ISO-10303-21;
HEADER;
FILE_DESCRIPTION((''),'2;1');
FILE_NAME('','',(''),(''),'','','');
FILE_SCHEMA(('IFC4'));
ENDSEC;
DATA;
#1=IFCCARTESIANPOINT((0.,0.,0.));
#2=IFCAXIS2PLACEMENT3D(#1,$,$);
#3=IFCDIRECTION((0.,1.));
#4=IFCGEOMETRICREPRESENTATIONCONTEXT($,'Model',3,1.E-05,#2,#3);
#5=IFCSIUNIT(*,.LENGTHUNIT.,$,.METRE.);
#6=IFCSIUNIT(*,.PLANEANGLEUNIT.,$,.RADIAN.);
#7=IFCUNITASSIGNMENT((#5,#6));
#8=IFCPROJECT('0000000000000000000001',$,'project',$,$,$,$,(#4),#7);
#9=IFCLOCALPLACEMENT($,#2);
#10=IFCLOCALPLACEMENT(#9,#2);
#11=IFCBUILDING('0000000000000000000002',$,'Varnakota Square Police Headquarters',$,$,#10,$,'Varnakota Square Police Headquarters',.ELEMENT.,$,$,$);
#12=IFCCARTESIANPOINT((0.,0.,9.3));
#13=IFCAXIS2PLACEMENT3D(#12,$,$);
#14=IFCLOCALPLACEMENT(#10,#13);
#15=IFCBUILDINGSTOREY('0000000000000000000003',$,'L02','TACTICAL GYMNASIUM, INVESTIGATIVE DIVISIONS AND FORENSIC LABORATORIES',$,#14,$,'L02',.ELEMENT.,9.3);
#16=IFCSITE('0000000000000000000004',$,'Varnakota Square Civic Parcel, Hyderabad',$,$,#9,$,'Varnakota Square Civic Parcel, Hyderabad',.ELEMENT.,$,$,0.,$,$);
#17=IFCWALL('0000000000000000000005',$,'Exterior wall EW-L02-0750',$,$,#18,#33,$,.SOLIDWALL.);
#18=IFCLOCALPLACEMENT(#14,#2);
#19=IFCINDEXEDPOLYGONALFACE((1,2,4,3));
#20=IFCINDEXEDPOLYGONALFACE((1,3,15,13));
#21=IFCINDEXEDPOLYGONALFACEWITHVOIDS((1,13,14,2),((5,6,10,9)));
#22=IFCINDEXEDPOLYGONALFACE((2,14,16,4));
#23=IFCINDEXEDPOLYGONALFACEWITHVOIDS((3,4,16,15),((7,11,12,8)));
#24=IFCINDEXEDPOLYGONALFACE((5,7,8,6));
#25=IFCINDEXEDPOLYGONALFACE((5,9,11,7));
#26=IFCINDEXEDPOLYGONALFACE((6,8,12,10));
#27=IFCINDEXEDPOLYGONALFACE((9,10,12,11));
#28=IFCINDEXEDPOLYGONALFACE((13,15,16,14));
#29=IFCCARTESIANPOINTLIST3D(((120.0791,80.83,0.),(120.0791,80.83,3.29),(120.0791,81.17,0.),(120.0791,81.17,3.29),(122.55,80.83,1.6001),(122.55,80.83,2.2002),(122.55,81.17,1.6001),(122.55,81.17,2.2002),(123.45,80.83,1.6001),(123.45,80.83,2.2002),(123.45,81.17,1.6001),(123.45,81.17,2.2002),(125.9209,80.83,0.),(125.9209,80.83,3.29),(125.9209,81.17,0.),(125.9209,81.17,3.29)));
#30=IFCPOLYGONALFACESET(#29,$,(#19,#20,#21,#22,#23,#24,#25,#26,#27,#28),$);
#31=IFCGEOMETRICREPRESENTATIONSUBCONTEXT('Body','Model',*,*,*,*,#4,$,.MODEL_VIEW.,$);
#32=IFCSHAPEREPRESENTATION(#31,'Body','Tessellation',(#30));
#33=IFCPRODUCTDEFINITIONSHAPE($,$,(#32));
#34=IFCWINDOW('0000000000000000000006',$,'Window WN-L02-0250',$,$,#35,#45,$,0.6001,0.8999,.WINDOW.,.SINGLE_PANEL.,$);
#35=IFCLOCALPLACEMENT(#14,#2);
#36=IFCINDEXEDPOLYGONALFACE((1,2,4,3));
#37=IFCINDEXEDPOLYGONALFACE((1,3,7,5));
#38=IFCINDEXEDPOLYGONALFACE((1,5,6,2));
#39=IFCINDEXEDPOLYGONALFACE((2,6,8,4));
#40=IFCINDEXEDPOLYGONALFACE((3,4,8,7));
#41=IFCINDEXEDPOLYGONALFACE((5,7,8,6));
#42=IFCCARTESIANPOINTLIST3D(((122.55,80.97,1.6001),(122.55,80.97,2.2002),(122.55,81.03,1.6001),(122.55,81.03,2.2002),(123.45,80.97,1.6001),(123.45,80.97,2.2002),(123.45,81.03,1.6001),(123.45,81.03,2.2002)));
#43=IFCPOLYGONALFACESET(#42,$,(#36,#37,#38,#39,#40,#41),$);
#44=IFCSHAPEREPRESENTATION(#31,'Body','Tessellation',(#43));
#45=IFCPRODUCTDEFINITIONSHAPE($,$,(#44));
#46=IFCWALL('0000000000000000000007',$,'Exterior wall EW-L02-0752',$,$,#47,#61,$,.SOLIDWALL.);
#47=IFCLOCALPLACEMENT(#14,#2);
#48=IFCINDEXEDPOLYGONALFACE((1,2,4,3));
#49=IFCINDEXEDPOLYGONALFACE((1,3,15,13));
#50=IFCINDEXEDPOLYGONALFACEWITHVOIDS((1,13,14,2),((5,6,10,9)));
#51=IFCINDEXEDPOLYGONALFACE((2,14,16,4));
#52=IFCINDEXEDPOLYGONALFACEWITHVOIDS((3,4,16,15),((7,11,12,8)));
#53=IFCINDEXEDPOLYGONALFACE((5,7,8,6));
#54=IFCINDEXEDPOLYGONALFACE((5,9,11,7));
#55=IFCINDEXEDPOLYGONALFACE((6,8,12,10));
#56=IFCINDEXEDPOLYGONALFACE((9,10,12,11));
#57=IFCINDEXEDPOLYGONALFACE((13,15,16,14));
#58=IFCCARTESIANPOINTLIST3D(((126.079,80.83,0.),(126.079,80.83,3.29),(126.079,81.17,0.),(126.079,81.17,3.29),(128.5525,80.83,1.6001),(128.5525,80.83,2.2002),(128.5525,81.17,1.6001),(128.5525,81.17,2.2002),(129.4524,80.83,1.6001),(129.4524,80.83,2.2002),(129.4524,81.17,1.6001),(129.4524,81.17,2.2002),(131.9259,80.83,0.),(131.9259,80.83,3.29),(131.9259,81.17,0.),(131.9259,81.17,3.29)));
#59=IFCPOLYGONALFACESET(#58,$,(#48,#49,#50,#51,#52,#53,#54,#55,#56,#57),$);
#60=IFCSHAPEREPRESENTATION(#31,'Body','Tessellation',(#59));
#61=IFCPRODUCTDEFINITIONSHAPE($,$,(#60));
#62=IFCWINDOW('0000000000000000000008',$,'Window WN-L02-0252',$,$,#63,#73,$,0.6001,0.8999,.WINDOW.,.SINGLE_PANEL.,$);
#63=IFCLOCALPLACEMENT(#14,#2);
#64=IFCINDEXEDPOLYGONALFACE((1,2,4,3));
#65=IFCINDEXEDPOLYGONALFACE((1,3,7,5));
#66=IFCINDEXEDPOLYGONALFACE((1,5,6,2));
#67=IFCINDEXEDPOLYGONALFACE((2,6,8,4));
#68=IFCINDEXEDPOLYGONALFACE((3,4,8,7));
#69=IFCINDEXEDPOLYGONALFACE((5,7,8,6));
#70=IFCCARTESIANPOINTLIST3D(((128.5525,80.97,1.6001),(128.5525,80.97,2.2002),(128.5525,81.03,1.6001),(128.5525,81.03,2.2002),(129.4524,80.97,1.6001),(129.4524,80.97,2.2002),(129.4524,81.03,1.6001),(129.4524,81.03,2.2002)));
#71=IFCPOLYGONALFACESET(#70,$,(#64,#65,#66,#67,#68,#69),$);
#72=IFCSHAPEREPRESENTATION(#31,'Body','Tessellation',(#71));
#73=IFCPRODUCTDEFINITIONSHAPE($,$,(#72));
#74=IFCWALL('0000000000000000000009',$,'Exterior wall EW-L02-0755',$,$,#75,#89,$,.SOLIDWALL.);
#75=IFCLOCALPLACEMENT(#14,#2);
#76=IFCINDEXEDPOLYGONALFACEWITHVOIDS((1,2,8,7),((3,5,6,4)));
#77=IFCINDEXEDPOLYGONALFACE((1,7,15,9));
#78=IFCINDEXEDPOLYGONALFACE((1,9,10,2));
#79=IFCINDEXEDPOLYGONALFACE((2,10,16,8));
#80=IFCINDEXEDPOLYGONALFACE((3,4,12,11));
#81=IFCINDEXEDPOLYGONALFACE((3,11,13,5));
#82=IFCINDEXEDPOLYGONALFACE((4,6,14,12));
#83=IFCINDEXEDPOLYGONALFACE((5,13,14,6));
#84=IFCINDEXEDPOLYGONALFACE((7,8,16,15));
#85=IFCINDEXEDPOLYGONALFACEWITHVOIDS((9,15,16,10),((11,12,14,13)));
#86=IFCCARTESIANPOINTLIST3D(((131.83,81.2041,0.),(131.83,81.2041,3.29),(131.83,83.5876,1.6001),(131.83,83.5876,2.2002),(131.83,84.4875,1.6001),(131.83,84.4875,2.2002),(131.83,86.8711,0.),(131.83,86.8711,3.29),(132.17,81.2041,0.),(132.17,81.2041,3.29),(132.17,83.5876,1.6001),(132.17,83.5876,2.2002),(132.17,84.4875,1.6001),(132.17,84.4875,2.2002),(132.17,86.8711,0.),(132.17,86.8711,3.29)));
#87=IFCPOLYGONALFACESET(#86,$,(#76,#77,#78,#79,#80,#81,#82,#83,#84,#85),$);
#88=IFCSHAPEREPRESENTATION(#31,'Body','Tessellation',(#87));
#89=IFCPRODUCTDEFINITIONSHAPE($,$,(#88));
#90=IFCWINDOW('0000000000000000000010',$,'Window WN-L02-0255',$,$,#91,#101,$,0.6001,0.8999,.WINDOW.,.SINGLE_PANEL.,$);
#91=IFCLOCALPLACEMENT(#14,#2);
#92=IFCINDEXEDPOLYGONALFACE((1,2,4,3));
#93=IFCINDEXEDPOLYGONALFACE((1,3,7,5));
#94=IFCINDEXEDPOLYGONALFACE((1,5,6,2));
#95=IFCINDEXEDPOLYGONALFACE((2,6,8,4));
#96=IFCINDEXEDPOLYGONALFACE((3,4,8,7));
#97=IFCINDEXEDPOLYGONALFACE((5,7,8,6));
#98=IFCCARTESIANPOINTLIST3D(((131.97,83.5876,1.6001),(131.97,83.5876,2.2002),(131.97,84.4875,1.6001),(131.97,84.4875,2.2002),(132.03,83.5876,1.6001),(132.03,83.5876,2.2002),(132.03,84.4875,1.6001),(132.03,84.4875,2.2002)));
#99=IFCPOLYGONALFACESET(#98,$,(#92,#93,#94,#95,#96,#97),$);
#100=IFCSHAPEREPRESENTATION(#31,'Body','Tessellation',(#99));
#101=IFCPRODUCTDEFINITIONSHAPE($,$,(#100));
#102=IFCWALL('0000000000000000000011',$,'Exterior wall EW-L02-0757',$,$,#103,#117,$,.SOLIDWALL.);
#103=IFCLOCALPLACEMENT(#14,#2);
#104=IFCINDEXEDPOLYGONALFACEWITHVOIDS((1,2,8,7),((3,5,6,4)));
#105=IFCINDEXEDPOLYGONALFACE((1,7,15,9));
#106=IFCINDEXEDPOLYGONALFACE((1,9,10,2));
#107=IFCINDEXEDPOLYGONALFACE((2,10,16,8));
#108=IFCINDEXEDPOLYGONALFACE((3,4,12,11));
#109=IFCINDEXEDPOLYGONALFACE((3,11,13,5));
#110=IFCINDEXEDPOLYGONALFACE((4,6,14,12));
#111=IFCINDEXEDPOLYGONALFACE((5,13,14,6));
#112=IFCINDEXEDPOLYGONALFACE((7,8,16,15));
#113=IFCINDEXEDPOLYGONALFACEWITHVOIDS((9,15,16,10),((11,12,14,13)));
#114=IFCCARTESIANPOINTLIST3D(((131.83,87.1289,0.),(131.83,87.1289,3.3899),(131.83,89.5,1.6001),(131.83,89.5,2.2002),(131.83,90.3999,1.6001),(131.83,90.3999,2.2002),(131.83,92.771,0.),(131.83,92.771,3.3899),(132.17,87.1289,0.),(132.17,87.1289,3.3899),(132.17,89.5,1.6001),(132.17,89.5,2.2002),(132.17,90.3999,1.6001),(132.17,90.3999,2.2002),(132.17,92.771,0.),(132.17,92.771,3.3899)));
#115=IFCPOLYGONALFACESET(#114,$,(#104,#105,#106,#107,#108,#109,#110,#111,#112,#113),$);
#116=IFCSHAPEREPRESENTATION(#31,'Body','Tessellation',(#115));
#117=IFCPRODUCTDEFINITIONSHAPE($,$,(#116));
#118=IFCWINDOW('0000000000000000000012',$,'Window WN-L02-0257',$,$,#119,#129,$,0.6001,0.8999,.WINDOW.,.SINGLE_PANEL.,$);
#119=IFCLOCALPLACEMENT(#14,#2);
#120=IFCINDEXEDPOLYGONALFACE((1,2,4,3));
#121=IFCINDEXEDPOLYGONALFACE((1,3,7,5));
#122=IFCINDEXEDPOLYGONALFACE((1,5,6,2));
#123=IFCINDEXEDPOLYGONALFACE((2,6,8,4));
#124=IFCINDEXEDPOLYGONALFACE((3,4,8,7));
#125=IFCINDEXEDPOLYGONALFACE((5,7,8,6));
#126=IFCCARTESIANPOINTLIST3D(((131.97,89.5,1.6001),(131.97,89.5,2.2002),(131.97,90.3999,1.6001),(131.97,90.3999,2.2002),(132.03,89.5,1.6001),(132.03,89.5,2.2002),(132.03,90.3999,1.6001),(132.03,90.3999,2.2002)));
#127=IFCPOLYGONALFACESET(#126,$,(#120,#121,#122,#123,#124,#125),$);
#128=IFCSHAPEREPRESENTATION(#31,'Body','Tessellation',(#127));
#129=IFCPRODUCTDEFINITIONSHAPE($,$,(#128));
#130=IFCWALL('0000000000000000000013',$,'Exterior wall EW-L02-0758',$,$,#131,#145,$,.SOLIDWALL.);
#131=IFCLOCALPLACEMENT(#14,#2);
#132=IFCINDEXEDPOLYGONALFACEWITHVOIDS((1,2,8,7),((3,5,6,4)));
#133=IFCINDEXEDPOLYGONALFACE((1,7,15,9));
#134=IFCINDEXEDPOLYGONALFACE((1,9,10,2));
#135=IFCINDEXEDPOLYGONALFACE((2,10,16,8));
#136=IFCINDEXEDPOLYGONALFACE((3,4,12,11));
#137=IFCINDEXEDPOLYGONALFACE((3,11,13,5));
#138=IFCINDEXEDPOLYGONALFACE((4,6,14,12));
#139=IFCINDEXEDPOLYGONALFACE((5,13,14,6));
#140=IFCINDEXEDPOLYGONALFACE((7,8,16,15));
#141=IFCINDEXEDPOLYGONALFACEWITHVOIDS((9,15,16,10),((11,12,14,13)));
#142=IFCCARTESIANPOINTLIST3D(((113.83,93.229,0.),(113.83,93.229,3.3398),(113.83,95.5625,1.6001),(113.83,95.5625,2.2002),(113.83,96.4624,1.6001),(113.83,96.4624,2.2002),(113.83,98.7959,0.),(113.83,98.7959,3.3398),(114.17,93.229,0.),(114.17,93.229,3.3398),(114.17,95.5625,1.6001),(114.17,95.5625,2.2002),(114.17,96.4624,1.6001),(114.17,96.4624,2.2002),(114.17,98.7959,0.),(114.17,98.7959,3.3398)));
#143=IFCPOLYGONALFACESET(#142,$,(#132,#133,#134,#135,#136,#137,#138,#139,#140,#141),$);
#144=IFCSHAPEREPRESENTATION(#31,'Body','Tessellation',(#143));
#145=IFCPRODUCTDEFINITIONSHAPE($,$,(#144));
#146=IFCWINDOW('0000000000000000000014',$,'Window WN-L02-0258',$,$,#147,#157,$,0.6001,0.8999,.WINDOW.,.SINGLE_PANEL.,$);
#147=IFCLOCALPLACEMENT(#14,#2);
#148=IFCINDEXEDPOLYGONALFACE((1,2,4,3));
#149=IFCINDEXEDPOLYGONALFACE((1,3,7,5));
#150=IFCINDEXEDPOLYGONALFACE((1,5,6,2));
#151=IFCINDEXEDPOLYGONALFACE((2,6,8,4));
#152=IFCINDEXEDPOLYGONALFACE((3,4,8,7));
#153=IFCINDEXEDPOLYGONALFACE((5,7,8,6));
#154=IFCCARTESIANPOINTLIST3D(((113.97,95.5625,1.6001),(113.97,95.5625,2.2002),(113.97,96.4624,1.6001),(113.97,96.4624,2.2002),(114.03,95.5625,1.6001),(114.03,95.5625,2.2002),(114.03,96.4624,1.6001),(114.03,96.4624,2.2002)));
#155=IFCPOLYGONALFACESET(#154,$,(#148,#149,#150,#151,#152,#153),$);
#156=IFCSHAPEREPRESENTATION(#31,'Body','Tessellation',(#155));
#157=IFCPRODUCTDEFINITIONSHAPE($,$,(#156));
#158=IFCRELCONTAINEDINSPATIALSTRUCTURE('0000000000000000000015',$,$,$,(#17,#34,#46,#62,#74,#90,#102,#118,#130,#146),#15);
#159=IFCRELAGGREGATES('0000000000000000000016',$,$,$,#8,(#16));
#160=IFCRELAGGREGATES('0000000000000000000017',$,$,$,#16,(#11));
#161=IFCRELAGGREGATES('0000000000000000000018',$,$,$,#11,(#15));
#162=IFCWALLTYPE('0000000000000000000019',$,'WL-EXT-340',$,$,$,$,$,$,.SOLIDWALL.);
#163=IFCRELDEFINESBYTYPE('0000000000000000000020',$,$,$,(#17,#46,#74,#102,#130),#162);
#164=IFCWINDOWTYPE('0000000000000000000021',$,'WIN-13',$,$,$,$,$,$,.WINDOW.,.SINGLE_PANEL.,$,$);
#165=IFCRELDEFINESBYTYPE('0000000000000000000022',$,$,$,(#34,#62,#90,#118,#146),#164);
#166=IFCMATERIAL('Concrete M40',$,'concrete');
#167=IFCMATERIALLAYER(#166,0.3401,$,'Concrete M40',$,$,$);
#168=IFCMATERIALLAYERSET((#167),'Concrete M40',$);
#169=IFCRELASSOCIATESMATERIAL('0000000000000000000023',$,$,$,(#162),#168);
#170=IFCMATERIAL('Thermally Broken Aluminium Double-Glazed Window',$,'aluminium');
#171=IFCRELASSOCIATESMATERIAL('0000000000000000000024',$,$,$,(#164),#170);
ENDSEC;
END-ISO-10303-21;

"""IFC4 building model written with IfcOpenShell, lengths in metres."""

from ifc_helpers import new_model, si_unit, direction, frame, frame_2d, origin, place, context, subcontext, project, spatial, rectangle, extrude, material, layer, layer_set, type_object, element, fill, save


model = new_model("IFC4")

# Units and contexts
model_context = context("Model", 3, precision=1e-05, world=origin(), true_north=direction((0.0, 1.0)))
body_context = subcontext(model_context, "Body", "Model", "MODEL_VIEW")
ifc_project = project(units=[si_unit("LENGTHUNIT", "METRE"), si_unit("PLANEANGLEUNIT", "RADIAN")], contexts=[model_context])

# Site, building, storey
site_placement = place(None, origin())
site = spatial("IfcSite", under=ifc_project, at=site_placement, Name="Varnakota Square Civic Parcel, Hyderabad", LongName="Varnakota Square Civic Parcel, Hyderabad", CompositionType="ELEMENT", RefElevation=0.0)
building_placement = place(site_placement, origin())
building = spatial("IfcBuilding", under=site, at=building_placement, Name="Varnakota Square Police Headquarters", LongName="Varnakota Square Police Headquarters", CompositionType="ELEMENT")
storey_placement = place(building_placement, frame((0.0, 0.0, 9.3)))
storey = spatial("IfcBuildingStorey", under=building, at=storey_placement, Name="L02", Description="TACTICAL GYMNASIUM, INVESTIGATIVE DIVISIONS AND FORENSIC LABORATORIES", LongName="L02", CompositionType="ELEMENT", Elevation=9.3)

# Walls, openings, windows
ifc_material_1 = material(Name="Concrete M40", Category="concrete")
ifc_layer = layer(ifc_material_1, 0.3401, Name="Concrete M40")
ifc_layer_set = layer_set([ifc_layer], Name="Concrete M40")
wall_type = type_object("IfcWallType", Name="WL-EXT-340", PredefinedType="SOLIDWALL", material=ifc_layer_set)
ifc_material_2 = material(Name="Thermally Broken Aluminium Double-Glazed Window", Category="aluminium")
window_type = type_object("IfcWindowType", Name="WIN-13", PartitioningType="SINGLE_PANEL", PredefinedType="WINDOW", material=ifc_material_2)
wall_1_placement = place(storey_placement, frame((120.0791, 81.0, 0.0), z_axis=(0.0, 0.0, 1.0), x_axis=(1.0, 0.0, 0.0)))
wall_1 = element("IfcWall", 1, at=wall_1_placement, inside=storey, type_object=wall_type, Name="Exterior wall EW-L02-0750", PredefinedType="SOLIDWALL", context=body_context, shape_type="SweptSolid", body=[
    extrude(rectangle(XDim=5.8418, YDim=0.3401, at=frame_2d((2.9209, 0.0))), origin(), (0.0, 0.0, 1.0), 3.29),
])
opening_1_placement = place(wall_1_placement, frame((2.4709, 0.0, 1.6001)))
opening_1 = element("IfcOpeningElement", 2, at=opening_1_placement, cuts=wall_1, PredefinedType="OPENING", context=body_context, shape_type="SweptSolid", body=[
    extrude(rectangle(XDim=0.8999, YDim=0.6001, at=frame_2d((0.45, 0.3))), frame((0.0, 0.1799, 0.0), z_axis=(0.0, -1.0, 0.0), x_axis=(1.0, 0.0, 0.0)), (0.0, 0.0, 1.0), 0.3601),
])
window_1_placement = place(opening_1_placement, origin())
window_1 = element("IfcWindow", 3, at=window_1_placement, inside=storey, type_object=window_type, Name="Window WN-L02-0250", OverallHeight=0.6001, OverallWidth=0.8999, PartitioningType="SINGLE_PANEL", PredefinedType="WINDOW", context=body_context, shape_type="SweptSolid", body=[
    extrude(rectangle(XDim=0.8999, YDim=0.6001, at=frame_2d((0.45, 0.3))), frame((0.0, 0.03, 0.0), z_axis=(0.0, -1.0, 0.0), x_axis=(1.0, 0.0, 0.0)), (0.0, 0.0, 1.0), 0.0601),
])
fill(opening_1, window_1)
wall_2_placement = place(storey_placement, frame((126.0791, 81.0, 0.0), z_axis=(0.0, 0.0, 1.0), x_axis=(1.0, 0.0, 0.0)))
wall_2 = element("IfcWall", 4, at=wall_2_placement, inside=storey, type_object=wall_type, Name="Exterior wall EW-L02-0752", PredefinedType="SOLIDWALL", context=body_context, shape_type="SweptSolid", body=[
    extrude(rectangle(XDim=5.8469, YDim=0.3401, at=frame_2d((2.9233, 0.0))), origin(), (0.0, 0.0, 1.0), 3.29),
])
opening_2_placement = place(wall_2_placement, frame((2.4734, 0.0, 1.6001)))
opening_2 = element("IfcOpeningElement", 5, at=opening_2_placement, cuts=wall_2, PredefinedType="OPENING", context=body_context, shape_type="SweptSolid", body=[
    extrude(rectangle(XDim=0.8999, YDim=0.6001, at=frame_2d((0.45, 0.3))), frame((0.0, 0.1799, 0.0), z_axis=(0.0, -1.0, 0.0), x_axis=(1.0, 0.0, 0.0)), (0.0, 0.0, 1.0), 0.3601),
])
window_2_placement = place(opening_2_placement, origin())
window_2 = element("IfcWindow", 6, at=window_2_placement, inside=storey, type_object=window_type, Name="Window WN-L02-0252", OverallHeight=0.6001, OverallWidth=0.8999, PartitioningType="SINGLE_PANEL", PredefinedType="WINDOW", context=body_context, shape_type="SweptSolid", body=[
    extrude(rectangle(XDim=0.8999, YDim=0.6001, at=frame_2d((0.45, 0.3))), frame((0.0, 0.03, 0.0), z_axis=(0.0, -1.0, 0.0), x_axis=(1.0, 0.0, 0.0)), (0.0, 0.0, 1.0), 0.0601),
])
fill(opening_2, window_2)
wall_3_placement = place(storey_placement, frame((132.0, 81.2041, 0.0), z_axis=(0.0, 0.0, 1.0), x_axis=(0.0, 1.0, 0.0)))
wall_3 = element("IfcWall", 7, at=wall_3_placement, inside=storey, type_object=wall_type, Name="Exterior wall EW-L02-0755", PredefinedType="SOLIDWALL", context=body_context, shape_type="SweptSolid", body=[
    extrude(rectangle(XDim=5.667, YDim=0.3401, at=frame_2d((2.8335, 0.0))), origin(), (0.0, 0.0, 1.0), 3.29),
])
opening_3_placement = place(wall_3_placement, frame((2.3835, 0.0, 1.6001)))
opening_3 = element("IfcOpeningElement", 8, at=opening_3_placement, cuts=wall_3, PredefinedType="OPENING", context=body_context, shape_type="SweptSolid", body=[
    extrude(rectangle(XDim=0.8999, YDim=0.6001, at=frame_2d((0.45, 0.3))), frame((0.0, 0.1799, 0.0), z_axis=(0.0, -1.0, 0.0), x_axis=(1.0, 0.0, 0.0)), (0.0, 0.0, 1.0), 0.3601),
])
window_3_placement = place(opening_3_placement, origin())
window_3 = element("IfcWindow", 9, at=window_3_placement, inside=storey, type_object=window_type, Name="Window WN-L02-0255", OverallHeight=0.6001, OverallWidth=0.8999, PartitioningType="SINGLE_PANEL", PredefinedType="WINDOW", context=body_context, shape_type="SweptSolid", body=[
    extrude(rectangle(XDim=0.8999, YDim=0.6001, at=frame_2d((0.45, 0.3))), frame((0.0, 0.03, 0.0), z_axis=(0.0, -1.0, 0.0), x_axis=(1.0, 0.0, 0.0)), (0.0, 0.0, 1.0), 0.0601),
])
fill(opening_3, window_3)
wall_4_placement = place(storey_placement, frame((132.0, 87.1289, 0.0), z_axis=(0.0, 0.0, 1.0), x_axis=(0.0, 1.0, 0.0)))
wall_4 = element("IfcWall", 10, at=wall_4_placement, inside=storey, type_object=wall_type, Name="Exterior wall EW-L02-0757", PredefinedType="SOLIDWALL", context=body_context, shape_type="SweptSolid", body=[
    extrude(rectangle(XDim=5.6421, YDim=0.3401, at=frame_2d((2.821, 0.0))), origin(), (0.0, 0.0, 1.0), 3.3899),
])
opening_4_placement = place(wall_4_placement, frame((2.3711, 0.0, 1.6001)))
opening_4 = element("IfcOpeningElement", 11, at=opening_4_placement, cuts=wall_4, PredefinedType="OPENING", context=body_context, shape_type="SweptSolid", body=[
    extrude(rectangle(XDim=0.8999, YDim=0.6001, at=frame_2d((0.45, 0.3))), frame((0.0, 0.1799, 0.0), z_axis=(0.0, -1.0, 0.0), x_axis=(1.0, 0.0, 0.0)), (0.0, 0.0, 1.0), 0.3601),
])
window_4_placement = place(opening_4_placement, origin())
window_4 = element("IfcWindow", 12, at=window_4_placement, inside=storey, type_object=window_type, Name="Window WN-L02-0257", OverallHeight=0.6001, OverallWidth=0.8999, PartitioningType="SINGLE_PANEL", PredefinedType="WINDOW", context=body_context, shape_type="SweptSolid", body=[
    extrude(rectangle(XDim=0.8999, YDim=0.6001, at=frame_2d((0.45, 0.3))), frame((0.0, 0.03, 0.0), z_axis=(0.0, -1.0, 0.0), x_axis=(1.0, 0.0, 0.0)), (0.0, 0.0, 1.0), 0.0601),
])
fill(opening_4, window_4)
wall_5_placement = place(storey_placement, frame((114.0, 93.229, 0.0), z_axis=(0.0, 0.0, 1.0), x_axis=(0.0, 1.0, 0.0)))
wall_5 = element("IfcWall", 13, at=wall_5_placement, inside=storey, type_object=wall_type, Name="Exterior wall EW-L02-0758", PredefinedType="SOLIDWALL", context=body_context, shape_type="SweptSolid", body=[
    extrude(rectangle(XDim=5.5669, YDim=0.3401, at=frame_2d((2.7834, 0.0))), origin(), (0.0, 0.0, 1.0), 3.3398),
])
opening_5_placement = place(wall_5_placement, frame((2.3335, 0.0, 1.6001)))
opening_5 = element("IfcOpeningElement", 14, at=opening_5_placement, cuts=wall_5, PredefinedType="OPENING", context=body_context, shape_type="SweptSolid", body=[
    extrude(rectangle(XDim=0.8999, YDim=0.6001, at=frame_2d((0.45, 0.3))), frame((0.0, 0.1799, 0.0), z_axis=(0.0, -1.0, 0.0), x_axis=(1.0, 0.0, 0.0)), (0.0, 0.0, 1.0), 0.3601),
])
window_5_placement = place(opening_5_placement, origin())
window_5 = element("IfcWindow", 15, at=window_5_placement, inside=storey, type_object=window_type, Name="Window WN-L02-0258", OverallHeight=0.6001, OverallWidth=0.8999, PartitioningType="SINGLE_PANEL", PredefinedType="WINDOW", context=body_context, shape_type="SweptSolid", body=[
    extrude(rectangle(XDim=0.8999, YDim=0.6001, at=frame_2d((0.45, 0.3))), frame((0.0, 0.03, 0.0), z_axis=(0.0, -1.0, 0.0), x_axis=(1.0, 0.0, 0.0)), (0.0, 0.0, 1.0), 0.0601),
])
fill(opening_5, window_5)

save(model, "model.ifc")
